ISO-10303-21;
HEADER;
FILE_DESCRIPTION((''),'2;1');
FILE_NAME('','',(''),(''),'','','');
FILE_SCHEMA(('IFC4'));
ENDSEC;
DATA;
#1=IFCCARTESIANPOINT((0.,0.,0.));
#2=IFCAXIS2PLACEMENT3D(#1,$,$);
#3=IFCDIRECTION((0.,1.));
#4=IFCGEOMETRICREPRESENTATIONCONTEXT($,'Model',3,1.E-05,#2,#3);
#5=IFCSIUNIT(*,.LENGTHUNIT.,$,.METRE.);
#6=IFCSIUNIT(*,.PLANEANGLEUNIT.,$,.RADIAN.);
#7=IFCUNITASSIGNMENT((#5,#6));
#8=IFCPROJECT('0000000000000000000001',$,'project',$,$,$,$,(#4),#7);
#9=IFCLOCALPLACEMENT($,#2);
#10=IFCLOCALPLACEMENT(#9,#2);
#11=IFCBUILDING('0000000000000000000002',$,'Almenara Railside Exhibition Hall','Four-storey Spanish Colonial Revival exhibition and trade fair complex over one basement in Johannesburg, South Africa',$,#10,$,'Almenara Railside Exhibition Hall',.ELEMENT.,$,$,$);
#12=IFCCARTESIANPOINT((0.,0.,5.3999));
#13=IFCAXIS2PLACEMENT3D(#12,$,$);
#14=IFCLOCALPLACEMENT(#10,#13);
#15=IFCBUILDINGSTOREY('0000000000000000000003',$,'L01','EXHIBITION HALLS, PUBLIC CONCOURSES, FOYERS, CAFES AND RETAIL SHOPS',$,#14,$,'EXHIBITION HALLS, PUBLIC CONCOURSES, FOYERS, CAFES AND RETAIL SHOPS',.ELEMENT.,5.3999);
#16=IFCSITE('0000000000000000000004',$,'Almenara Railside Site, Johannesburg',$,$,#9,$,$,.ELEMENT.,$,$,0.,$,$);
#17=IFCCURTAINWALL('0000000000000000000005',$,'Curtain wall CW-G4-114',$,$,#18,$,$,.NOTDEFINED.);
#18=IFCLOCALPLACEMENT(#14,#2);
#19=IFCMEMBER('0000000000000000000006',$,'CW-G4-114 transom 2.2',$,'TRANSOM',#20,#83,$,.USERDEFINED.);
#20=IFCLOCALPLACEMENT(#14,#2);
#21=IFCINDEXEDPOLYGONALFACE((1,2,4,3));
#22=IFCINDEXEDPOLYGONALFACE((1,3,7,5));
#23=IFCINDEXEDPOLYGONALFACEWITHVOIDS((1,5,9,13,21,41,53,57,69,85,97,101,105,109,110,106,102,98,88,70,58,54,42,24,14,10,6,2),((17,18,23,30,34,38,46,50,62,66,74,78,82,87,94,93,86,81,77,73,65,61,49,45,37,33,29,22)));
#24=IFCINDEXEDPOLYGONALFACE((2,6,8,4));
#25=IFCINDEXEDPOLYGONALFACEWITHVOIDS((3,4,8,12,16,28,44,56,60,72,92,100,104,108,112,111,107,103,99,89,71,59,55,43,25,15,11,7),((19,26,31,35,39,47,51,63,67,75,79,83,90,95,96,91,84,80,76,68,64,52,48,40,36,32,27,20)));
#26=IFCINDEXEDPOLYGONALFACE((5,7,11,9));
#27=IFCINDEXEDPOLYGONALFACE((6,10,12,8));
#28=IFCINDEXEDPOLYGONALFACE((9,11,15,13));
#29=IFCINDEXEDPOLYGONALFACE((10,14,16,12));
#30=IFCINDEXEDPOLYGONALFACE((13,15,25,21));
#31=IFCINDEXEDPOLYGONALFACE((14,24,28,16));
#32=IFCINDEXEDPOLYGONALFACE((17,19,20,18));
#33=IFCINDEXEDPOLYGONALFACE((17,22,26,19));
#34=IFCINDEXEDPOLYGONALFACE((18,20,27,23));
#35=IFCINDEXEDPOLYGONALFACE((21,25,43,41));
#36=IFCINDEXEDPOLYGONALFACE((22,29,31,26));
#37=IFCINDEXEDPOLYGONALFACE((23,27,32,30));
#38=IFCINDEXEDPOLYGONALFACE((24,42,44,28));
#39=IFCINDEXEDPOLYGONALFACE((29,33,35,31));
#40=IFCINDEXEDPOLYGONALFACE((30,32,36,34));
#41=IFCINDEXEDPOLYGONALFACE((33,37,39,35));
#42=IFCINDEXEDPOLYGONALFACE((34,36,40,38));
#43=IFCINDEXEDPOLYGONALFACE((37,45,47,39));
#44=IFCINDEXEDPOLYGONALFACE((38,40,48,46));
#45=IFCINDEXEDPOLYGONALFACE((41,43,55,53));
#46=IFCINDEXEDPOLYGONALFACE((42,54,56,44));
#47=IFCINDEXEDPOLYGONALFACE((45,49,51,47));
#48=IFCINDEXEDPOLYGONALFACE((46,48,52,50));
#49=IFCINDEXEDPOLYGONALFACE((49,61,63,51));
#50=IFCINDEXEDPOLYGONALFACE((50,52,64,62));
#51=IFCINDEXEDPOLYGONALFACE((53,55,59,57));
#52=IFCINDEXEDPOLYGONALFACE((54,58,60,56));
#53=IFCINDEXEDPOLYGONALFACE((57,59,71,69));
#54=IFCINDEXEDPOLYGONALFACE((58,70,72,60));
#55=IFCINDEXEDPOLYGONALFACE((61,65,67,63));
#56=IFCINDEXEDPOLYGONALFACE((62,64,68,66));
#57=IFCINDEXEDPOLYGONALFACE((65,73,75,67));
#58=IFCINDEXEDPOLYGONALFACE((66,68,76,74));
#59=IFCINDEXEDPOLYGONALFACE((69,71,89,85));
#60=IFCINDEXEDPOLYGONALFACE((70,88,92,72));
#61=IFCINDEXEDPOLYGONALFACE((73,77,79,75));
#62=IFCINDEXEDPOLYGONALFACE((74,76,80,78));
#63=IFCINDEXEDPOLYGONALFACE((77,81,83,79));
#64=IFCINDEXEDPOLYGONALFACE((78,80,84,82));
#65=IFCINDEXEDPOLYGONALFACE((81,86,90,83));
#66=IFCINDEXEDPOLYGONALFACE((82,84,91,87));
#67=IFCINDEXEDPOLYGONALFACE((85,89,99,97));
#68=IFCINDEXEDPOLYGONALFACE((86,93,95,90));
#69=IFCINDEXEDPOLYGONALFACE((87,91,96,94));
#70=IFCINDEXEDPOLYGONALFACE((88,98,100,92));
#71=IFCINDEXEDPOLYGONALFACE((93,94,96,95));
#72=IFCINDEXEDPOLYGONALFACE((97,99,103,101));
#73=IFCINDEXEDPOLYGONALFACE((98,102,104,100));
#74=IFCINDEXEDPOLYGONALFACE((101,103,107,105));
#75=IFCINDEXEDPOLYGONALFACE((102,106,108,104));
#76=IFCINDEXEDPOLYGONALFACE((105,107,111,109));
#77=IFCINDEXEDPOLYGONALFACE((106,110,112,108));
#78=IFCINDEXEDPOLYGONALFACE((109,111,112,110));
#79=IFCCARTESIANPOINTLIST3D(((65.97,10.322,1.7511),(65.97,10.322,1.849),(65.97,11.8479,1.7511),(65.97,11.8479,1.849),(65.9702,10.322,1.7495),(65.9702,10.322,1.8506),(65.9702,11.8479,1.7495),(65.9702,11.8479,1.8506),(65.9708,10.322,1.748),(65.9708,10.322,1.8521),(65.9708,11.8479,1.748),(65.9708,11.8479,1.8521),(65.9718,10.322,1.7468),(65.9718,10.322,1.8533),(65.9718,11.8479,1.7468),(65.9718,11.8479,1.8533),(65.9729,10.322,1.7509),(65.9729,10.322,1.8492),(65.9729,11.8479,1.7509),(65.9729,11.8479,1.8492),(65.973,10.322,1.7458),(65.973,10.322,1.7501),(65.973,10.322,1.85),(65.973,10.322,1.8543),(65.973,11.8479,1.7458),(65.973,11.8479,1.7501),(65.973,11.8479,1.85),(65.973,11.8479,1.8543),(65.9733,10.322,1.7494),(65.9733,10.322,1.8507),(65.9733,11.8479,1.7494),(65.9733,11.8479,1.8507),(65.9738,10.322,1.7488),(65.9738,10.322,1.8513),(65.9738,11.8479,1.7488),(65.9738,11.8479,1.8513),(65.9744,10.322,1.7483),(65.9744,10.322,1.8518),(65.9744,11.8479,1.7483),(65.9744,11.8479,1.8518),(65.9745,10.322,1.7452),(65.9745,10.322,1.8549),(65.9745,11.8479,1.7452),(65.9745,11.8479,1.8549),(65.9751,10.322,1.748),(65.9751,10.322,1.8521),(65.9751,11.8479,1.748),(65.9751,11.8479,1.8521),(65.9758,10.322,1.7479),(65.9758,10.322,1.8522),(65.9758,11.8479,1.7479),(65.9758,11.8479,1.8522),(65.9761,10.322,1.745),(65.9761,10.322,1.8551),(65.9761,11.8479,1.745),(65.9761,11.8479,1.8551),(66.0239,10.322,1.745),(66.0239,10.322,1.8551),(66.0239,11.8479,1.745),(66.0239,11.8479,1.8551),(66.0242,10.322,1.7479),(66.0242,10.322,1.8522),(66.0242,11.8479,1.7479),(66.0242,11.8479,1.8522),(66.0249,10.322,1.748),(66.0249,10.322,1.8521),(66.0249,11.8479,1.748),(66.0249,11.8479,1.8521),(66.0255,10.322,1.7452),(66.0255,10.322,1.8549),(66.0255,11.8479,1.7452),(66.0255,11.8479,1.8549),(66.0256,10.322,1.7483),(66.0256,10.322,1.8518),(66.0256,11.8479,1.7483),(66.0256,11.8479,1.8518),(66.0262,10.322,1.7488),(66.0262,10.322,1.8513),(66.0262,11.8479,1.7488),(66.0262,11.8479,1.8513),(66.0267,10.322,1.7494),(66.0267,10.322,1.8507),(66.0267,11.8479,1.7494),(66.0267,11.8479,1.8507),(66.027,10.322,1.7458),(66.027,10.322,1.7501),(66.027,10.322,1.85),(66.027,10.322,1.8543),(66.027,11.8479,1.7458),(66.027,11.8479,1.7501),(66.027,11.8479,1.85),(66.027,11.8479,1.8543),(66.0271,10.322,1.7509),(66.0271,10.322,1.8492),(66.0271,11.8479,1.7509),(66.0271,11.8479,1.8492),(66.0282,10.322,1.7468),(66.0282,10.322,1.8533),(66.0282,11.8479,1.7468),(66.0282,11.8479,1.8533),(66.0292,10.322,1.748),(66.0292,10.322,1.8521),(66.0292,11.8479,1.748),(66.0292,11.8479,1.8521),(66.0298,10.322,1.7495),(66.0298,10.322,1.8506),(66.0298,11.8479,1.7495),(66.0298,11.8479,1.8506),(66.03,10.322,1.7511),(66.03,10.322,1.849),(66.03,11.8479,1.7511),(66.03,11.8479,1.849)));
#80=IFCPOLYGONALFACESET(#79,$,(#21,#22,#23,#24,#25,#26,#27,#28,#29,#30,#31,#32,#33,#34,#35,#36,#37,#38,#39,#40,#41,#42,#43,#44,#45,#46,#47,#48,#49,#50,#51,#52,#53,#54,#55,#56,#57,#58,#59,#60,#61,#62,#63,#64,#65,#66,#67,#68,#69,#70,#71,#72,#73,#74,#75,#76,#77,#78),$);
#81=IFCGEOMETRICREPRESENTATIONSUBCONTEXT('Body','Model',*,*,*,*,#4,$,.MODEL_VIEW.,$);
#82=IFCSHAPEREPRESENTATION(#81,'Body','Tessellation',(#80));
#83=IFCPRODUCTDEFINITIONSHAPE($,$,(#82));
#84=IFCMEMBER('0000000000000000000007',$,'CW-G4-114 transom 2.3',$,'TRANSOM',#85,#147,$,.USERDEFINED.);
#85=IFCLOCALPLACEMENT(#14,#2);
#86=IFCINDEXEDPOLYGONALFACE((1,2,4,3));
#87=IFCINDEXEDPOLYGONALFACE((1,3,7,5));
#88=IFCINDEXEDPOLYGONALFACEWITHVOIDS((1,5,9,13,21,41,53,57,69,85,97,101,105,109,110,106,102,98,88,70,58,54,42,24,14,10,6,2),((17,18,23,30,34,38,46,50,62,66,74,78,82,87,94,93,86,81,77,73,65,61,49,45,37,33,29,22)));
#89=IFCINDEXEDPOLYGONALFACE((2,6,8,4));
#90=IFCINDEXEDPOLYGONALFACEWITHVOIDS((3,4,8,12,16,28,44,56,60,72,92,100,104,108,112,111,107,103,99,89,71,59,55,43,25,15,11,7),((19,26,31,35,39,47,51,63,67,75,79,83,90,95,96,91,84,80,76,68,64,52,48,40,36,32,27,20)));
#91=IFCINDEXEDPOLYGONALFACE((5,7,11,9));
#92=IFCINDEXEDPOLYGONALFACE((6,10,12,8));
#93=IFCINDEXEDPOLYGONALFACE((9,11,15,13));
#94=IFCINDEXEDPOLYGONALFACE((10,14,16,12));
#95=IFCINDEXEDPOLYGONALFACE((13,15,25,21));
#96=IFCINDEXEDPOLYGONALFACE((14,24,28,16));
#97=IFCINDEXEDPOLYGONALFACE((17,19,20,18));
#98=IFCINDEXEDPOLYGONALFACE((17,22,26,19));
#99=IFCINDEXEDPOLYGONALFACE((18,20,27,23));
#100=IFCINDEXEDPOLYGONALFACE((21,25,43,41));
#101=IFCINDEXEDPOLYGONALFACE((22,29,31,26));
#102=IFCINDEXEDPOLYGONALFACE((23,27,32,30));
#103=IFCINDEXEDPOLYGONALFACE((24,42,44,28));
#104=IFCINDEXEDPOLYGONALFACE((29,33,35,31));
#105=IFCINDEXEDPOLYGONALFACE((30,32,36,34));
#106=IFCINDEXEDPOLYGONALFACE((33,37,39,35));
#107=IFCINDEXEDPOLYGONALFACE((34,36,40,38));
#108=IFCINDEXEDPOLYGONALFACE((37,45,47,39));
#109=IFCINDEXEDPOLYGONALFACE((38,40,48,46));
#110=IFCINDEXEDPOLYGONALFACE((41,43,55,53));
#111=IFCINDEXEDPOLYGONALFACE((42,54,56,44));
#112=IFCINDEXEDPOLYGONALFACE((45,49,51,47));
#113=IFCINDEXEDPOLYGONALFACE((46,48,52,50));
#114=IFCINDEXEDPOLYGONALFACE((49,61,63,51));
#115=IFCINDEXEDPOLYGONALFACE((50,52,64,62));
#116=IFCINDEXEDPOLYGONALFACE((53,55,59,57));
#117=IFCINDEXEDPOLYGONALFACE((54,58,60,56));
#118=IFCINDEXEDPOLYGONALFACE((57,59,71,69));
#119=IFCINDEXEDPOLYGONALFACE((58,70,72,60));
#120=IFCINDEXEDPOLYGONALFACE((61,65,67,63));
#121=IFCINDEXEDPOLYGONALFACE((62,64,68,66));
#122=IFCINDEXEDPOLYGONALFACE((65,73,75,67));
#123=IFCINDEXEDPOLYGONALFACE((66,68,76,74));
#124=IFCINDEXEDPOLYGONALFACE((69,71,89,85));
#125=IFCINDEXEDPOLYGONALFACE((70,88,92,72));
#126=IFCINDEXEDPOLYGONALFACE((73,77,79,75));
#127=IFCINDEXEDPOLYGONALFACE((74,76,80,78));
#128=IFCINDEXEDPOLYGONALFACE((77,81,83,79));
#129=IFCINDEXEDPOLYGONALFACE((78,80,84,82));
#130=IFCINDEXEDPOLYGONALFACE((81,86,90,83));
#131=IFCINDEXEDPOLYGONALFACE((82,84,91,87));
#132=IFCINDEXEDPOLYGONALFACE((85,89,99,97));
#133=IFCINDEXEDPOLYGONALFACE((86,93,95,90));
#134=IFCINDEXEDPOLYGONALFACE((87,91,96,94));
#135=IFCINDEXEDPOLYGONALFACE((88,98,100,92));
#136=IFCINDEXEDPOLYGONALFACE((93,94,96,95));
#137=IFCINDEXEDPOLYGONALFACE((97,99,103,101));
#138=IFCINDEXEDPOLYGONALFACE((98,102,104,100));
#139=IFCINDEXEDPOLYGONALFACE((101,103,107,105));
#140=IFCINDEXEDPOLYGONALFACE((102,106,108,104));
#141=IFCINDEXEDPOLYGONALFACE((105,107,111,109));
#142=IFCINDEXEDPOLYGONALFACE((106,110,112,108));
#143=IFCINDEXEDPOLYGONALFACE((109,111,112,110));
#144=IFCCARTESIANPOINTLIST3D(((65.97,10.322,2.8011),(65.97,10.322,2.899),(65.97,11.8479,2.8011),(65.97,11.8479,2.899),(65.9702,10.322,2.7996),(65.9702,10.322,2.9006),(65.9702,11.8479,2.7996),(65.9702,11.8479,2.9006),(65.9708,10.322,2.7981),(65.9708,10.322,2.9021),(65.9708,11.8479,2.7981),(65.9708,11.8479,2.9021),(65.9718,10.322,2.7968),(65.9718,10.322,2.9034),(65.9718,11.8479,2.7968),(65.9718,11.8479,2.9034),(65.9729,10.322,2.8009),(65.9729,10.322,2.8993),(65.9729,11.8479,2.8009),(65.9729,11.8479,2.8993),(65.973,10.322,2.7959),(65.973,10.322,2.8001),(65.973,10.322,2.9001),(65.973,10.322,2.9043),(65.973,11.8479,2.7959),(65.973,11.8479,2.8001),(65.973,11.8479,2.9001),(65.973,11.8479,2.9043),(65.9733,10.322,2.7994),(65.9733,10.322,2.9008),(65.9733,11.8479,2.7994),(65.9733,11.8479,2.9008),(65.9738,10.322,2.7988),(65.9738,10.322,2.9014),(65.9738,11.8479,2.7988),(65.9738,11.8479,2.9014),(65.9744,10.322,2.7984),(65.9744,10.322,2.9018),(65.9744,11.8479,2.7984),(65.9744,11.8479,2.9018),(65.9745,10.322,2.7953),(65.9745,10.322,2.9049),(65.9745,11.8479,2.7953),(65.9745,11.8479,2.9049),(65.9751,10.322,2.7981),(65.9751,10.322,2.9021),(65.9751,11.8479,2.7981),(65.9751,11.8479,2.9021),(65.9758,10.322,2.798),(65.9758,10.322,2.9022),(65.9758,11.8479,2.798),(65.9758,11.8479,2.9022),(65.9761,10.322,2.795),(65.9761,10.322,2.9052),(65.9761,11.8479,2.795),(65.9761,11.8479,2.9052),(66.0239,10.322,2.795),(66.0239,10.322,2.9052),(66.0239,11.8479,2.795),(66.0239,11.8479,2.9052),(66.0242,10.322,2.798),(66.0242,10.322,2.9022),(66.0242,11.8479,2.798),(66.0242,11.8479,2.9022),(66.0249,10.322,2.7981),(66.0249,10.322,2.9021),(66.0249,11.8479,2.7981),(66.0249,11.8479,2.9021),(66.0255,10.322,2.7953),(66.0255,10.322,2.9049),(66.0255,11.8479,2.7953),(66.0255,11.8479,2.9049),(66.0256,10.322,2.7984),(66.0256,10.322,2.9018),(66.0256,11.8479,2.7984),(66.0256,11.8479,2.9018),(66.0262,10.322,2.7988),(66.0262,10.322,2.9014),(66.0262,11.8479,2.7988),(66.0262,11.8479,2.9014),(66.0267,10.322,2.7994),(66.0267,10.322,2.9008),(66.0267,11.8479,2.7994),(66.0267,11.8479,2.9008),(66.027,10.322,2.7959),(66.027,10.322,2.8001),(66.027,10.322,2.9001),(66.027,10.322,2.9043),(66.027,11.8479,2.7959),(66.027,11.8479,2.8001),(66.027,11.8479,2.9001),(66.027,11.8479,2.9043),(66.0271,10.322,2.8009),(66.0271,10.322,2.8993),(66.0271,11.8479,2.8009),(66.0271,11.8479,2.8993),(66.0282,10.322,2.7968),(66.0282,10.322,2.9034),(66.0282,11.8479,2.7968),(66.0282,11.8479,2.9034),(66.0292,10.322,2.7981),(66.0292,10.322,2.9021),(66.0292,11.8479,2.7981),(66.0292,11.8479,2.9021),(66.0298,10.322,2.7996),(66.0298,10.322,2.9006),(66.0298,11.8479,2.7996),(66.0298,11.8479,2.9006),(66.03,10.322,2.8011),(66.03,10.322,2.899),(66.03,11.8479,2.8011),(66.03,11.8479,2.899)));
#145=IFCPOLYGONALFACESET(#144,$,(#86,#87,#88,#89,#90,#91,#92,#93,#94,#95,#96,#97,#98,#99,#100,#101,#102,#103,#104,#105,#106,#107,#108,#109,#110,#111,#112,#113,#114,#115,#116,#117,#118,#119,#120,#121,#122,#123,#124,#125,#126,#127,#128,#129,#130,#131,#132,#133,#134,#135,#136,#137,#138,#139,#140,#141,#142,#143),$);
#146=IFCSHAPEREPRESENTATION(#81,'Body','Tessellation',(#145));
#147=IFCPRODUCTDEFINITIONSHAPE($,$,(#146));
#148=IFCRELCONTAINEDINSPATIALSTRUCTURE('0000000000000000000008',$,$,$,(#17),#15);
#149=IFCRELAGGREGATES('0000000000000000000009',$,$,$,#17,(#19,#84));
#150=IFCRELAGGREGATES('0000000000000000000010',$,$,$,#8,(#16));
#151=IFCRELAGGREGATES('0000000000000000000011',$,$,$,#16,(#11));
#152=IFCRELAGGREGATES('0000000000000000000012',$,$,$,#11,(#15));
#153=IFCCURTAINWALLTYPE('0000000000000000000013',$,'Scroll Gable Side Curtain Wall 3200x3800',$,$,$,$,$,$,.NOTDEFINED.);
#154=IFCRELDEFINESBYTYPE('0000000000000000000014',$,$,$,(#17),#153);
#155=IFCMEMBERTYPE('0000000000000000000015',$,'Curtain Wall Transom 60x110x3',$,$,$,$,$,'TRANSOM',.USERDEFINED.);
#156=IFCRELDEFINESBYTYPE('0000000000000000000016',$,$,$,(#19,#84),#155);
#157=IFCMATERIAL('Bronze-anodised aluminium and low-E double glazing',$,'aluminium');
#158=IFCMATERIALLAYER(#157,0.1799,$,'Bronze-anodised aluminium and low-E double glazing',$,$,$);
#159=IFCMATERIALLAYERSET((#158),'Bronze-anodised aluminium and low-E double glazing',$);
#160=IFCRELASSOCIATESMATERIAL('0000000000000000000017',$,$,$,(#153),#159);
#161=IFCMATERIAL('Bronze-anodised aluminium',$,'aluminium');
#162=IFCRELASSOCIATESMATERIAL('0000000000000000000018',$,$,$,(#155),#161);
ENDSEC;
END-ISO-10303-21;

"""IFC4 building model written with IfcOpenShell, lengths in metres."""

from ifc_helpers import new_model, si_unit, direction, frame, origin, origin_2d, place, context, subcontext, project, spatial, hollow_rectangle, extrude, material, layer, layer_set, material_profile, profile_set, type_object, element, aggregate, save


model = new_model("IFC4")

# Units and contexts
model_context = context("Model", 3, precision=1e-05, world=origin(), true_north=direction((0.0, 1.0)))
body_context = subcontext(model_context, "Body", "Model", "MODEL_VIEW")
ifc_project = project(units=[si_unit("LENGTHUNIT", "METRE"), si_unit("PLANEANGLEUNIT", "RADIAN")], contexts=[model_context])

# Site, building, storey
site_placement = place(None, origin())
site = spatial("IfcSite", under=ifc_project, at=site_placement, Name="Almenara Railside Site, Johannesburg", CompositionType="ELEMENT", RefElevation=0.0)
building_placement = place(site_placement, origin())
building = spatial("IfcBuilding", under=site, at=building_placement, Name="Almenara Railside Exhibition Hall", Description="Four-storey Spanish Colonial Revival exhibition and trade fair complex over one basement in Johannesburg, South Africa", LongName="Almenara Railside Exhibition Hall", CompositionType="ELEMENT")
storey_placement = place(building_placement, frame((0.0, 0.0, 5.3999)))
storey = spatial("IfcBuildingStorey", under=building, at=storey_placement, Name="L01", Description="EXHIBITION HALLS, PUBLIC CONCOURSES, FOYERS, CAFES AND RETAIL SHOPS", LongName="EXHIBITION HALLS, PUBLIC CONCOURSES, FOYERS, CAFES AND RETAIL SHOPS", CompositionType="ELEMENT", Elevation=5.3999)

# Curtain wall
ifc_material_1 = material(Name="Bronze-anodised aluminium and low-E double glazing", Category="aluminium")
ifc_layer_1 = layer(ifc_material_1, 0.1799, Name="Bronze-anodised aluminium and low-E double glazing")
ifc_layer_set_1 = layer_set([ifc_layer_1], Name="Bronze-anodised aluminium and low-E double glazing")
curtain_wall_type = type_object("IfcCurtainWallType", Name="Scroll Gable Side Curtain Wall 3200x3800", PredefinedType="NOTDEFINED", material=ifc_layer_set_1)
curtain_wall_1_placement = place(storey_placement, origin())
curtain_wall_1 = element("IfcCurtainWall", 1, at=curtain_wall_1_placement, inside=storey, type_object=curtain_wall_type, Name="Curtain wall CW-G4-114", PredefinedType="NOTDEFINED")
ifc_material_2 = material(Name="Bronze-anodised aluminium", Category="aluminium")

# Members
ifc_material_profile_1 = material_profile(ifc_material_2, hollow_rectangle(XDim=0.0601, YDim=0.1101, WallThickness=0.0029, InnerFilletRadius=0.0029, OuterFilletRadius=0.0061, at=origin_2d()), Name="ALU-TRN 60x110x3")
ifc_profile_set_1 = profile_set([ifc_material_profile_1], Name="Bronze-anodised aluminium")
member_type_1 = type_object("IfcMemberType", Name="Curtain Wall Transom 60x110x3", ElementType="TRANSOM", PredefinedType="USERDEFINED", material=ifc_profile_set_1)
member_1_placement = place(storey_placement, frame((66.0, 10.322, 1.8), z_axis=(0.0, 1.0, 0.0), x_axis=(-1.0, 0.0, 0.0)))
member_1 = element("IfcMember", 2, at=member_1_placement, type_object=member_type_1, Name="CW-G4-114 transom 2.2", ObjectType="TRANSOM", PredefinedType="USERDEFINED", context=body_context, shape_type="SweptSolid", body=[
    extrude(hollow_rectangle(XDim=0.0601, YDim=0.1101, WallThickness=0.0029, InnerFilletRadius=0.0029, OuterFilletRadius=0.0061, at=origin_2d()), origin(), (0.0, 0.0, 1.0), 1.5259),
])
member_2_placement = place(storey_placement, frame((66.0, 10.322, 2.8501), z_axis=(0.0, 1.0, 0.0), x_axis=(-1.0, 0.0, 0.0)))
member_2 = element("IfcMember", 3, at=member_2_placement, type_object=member_type_1, Name="CW-G4-114 transom 2.3", ObjectType="TRANSOM", PredefinedType="USERDEFINED", context=body_context, shape_type="SweptSolid", body=[
    extrude(hollow_rectangle(XDim=0.0601, YDim=0.1101, WallThickness=0.0029, InnerFilletRadius=0.0029, OuterFilletRadius=0.0061, at=origin_2d()), origin(), (0.0, 0.0, 1.0), 1.5259),
])

aggregate(curtain_wall_1, [member_1, member_2])

save(model, "model.ifc")
